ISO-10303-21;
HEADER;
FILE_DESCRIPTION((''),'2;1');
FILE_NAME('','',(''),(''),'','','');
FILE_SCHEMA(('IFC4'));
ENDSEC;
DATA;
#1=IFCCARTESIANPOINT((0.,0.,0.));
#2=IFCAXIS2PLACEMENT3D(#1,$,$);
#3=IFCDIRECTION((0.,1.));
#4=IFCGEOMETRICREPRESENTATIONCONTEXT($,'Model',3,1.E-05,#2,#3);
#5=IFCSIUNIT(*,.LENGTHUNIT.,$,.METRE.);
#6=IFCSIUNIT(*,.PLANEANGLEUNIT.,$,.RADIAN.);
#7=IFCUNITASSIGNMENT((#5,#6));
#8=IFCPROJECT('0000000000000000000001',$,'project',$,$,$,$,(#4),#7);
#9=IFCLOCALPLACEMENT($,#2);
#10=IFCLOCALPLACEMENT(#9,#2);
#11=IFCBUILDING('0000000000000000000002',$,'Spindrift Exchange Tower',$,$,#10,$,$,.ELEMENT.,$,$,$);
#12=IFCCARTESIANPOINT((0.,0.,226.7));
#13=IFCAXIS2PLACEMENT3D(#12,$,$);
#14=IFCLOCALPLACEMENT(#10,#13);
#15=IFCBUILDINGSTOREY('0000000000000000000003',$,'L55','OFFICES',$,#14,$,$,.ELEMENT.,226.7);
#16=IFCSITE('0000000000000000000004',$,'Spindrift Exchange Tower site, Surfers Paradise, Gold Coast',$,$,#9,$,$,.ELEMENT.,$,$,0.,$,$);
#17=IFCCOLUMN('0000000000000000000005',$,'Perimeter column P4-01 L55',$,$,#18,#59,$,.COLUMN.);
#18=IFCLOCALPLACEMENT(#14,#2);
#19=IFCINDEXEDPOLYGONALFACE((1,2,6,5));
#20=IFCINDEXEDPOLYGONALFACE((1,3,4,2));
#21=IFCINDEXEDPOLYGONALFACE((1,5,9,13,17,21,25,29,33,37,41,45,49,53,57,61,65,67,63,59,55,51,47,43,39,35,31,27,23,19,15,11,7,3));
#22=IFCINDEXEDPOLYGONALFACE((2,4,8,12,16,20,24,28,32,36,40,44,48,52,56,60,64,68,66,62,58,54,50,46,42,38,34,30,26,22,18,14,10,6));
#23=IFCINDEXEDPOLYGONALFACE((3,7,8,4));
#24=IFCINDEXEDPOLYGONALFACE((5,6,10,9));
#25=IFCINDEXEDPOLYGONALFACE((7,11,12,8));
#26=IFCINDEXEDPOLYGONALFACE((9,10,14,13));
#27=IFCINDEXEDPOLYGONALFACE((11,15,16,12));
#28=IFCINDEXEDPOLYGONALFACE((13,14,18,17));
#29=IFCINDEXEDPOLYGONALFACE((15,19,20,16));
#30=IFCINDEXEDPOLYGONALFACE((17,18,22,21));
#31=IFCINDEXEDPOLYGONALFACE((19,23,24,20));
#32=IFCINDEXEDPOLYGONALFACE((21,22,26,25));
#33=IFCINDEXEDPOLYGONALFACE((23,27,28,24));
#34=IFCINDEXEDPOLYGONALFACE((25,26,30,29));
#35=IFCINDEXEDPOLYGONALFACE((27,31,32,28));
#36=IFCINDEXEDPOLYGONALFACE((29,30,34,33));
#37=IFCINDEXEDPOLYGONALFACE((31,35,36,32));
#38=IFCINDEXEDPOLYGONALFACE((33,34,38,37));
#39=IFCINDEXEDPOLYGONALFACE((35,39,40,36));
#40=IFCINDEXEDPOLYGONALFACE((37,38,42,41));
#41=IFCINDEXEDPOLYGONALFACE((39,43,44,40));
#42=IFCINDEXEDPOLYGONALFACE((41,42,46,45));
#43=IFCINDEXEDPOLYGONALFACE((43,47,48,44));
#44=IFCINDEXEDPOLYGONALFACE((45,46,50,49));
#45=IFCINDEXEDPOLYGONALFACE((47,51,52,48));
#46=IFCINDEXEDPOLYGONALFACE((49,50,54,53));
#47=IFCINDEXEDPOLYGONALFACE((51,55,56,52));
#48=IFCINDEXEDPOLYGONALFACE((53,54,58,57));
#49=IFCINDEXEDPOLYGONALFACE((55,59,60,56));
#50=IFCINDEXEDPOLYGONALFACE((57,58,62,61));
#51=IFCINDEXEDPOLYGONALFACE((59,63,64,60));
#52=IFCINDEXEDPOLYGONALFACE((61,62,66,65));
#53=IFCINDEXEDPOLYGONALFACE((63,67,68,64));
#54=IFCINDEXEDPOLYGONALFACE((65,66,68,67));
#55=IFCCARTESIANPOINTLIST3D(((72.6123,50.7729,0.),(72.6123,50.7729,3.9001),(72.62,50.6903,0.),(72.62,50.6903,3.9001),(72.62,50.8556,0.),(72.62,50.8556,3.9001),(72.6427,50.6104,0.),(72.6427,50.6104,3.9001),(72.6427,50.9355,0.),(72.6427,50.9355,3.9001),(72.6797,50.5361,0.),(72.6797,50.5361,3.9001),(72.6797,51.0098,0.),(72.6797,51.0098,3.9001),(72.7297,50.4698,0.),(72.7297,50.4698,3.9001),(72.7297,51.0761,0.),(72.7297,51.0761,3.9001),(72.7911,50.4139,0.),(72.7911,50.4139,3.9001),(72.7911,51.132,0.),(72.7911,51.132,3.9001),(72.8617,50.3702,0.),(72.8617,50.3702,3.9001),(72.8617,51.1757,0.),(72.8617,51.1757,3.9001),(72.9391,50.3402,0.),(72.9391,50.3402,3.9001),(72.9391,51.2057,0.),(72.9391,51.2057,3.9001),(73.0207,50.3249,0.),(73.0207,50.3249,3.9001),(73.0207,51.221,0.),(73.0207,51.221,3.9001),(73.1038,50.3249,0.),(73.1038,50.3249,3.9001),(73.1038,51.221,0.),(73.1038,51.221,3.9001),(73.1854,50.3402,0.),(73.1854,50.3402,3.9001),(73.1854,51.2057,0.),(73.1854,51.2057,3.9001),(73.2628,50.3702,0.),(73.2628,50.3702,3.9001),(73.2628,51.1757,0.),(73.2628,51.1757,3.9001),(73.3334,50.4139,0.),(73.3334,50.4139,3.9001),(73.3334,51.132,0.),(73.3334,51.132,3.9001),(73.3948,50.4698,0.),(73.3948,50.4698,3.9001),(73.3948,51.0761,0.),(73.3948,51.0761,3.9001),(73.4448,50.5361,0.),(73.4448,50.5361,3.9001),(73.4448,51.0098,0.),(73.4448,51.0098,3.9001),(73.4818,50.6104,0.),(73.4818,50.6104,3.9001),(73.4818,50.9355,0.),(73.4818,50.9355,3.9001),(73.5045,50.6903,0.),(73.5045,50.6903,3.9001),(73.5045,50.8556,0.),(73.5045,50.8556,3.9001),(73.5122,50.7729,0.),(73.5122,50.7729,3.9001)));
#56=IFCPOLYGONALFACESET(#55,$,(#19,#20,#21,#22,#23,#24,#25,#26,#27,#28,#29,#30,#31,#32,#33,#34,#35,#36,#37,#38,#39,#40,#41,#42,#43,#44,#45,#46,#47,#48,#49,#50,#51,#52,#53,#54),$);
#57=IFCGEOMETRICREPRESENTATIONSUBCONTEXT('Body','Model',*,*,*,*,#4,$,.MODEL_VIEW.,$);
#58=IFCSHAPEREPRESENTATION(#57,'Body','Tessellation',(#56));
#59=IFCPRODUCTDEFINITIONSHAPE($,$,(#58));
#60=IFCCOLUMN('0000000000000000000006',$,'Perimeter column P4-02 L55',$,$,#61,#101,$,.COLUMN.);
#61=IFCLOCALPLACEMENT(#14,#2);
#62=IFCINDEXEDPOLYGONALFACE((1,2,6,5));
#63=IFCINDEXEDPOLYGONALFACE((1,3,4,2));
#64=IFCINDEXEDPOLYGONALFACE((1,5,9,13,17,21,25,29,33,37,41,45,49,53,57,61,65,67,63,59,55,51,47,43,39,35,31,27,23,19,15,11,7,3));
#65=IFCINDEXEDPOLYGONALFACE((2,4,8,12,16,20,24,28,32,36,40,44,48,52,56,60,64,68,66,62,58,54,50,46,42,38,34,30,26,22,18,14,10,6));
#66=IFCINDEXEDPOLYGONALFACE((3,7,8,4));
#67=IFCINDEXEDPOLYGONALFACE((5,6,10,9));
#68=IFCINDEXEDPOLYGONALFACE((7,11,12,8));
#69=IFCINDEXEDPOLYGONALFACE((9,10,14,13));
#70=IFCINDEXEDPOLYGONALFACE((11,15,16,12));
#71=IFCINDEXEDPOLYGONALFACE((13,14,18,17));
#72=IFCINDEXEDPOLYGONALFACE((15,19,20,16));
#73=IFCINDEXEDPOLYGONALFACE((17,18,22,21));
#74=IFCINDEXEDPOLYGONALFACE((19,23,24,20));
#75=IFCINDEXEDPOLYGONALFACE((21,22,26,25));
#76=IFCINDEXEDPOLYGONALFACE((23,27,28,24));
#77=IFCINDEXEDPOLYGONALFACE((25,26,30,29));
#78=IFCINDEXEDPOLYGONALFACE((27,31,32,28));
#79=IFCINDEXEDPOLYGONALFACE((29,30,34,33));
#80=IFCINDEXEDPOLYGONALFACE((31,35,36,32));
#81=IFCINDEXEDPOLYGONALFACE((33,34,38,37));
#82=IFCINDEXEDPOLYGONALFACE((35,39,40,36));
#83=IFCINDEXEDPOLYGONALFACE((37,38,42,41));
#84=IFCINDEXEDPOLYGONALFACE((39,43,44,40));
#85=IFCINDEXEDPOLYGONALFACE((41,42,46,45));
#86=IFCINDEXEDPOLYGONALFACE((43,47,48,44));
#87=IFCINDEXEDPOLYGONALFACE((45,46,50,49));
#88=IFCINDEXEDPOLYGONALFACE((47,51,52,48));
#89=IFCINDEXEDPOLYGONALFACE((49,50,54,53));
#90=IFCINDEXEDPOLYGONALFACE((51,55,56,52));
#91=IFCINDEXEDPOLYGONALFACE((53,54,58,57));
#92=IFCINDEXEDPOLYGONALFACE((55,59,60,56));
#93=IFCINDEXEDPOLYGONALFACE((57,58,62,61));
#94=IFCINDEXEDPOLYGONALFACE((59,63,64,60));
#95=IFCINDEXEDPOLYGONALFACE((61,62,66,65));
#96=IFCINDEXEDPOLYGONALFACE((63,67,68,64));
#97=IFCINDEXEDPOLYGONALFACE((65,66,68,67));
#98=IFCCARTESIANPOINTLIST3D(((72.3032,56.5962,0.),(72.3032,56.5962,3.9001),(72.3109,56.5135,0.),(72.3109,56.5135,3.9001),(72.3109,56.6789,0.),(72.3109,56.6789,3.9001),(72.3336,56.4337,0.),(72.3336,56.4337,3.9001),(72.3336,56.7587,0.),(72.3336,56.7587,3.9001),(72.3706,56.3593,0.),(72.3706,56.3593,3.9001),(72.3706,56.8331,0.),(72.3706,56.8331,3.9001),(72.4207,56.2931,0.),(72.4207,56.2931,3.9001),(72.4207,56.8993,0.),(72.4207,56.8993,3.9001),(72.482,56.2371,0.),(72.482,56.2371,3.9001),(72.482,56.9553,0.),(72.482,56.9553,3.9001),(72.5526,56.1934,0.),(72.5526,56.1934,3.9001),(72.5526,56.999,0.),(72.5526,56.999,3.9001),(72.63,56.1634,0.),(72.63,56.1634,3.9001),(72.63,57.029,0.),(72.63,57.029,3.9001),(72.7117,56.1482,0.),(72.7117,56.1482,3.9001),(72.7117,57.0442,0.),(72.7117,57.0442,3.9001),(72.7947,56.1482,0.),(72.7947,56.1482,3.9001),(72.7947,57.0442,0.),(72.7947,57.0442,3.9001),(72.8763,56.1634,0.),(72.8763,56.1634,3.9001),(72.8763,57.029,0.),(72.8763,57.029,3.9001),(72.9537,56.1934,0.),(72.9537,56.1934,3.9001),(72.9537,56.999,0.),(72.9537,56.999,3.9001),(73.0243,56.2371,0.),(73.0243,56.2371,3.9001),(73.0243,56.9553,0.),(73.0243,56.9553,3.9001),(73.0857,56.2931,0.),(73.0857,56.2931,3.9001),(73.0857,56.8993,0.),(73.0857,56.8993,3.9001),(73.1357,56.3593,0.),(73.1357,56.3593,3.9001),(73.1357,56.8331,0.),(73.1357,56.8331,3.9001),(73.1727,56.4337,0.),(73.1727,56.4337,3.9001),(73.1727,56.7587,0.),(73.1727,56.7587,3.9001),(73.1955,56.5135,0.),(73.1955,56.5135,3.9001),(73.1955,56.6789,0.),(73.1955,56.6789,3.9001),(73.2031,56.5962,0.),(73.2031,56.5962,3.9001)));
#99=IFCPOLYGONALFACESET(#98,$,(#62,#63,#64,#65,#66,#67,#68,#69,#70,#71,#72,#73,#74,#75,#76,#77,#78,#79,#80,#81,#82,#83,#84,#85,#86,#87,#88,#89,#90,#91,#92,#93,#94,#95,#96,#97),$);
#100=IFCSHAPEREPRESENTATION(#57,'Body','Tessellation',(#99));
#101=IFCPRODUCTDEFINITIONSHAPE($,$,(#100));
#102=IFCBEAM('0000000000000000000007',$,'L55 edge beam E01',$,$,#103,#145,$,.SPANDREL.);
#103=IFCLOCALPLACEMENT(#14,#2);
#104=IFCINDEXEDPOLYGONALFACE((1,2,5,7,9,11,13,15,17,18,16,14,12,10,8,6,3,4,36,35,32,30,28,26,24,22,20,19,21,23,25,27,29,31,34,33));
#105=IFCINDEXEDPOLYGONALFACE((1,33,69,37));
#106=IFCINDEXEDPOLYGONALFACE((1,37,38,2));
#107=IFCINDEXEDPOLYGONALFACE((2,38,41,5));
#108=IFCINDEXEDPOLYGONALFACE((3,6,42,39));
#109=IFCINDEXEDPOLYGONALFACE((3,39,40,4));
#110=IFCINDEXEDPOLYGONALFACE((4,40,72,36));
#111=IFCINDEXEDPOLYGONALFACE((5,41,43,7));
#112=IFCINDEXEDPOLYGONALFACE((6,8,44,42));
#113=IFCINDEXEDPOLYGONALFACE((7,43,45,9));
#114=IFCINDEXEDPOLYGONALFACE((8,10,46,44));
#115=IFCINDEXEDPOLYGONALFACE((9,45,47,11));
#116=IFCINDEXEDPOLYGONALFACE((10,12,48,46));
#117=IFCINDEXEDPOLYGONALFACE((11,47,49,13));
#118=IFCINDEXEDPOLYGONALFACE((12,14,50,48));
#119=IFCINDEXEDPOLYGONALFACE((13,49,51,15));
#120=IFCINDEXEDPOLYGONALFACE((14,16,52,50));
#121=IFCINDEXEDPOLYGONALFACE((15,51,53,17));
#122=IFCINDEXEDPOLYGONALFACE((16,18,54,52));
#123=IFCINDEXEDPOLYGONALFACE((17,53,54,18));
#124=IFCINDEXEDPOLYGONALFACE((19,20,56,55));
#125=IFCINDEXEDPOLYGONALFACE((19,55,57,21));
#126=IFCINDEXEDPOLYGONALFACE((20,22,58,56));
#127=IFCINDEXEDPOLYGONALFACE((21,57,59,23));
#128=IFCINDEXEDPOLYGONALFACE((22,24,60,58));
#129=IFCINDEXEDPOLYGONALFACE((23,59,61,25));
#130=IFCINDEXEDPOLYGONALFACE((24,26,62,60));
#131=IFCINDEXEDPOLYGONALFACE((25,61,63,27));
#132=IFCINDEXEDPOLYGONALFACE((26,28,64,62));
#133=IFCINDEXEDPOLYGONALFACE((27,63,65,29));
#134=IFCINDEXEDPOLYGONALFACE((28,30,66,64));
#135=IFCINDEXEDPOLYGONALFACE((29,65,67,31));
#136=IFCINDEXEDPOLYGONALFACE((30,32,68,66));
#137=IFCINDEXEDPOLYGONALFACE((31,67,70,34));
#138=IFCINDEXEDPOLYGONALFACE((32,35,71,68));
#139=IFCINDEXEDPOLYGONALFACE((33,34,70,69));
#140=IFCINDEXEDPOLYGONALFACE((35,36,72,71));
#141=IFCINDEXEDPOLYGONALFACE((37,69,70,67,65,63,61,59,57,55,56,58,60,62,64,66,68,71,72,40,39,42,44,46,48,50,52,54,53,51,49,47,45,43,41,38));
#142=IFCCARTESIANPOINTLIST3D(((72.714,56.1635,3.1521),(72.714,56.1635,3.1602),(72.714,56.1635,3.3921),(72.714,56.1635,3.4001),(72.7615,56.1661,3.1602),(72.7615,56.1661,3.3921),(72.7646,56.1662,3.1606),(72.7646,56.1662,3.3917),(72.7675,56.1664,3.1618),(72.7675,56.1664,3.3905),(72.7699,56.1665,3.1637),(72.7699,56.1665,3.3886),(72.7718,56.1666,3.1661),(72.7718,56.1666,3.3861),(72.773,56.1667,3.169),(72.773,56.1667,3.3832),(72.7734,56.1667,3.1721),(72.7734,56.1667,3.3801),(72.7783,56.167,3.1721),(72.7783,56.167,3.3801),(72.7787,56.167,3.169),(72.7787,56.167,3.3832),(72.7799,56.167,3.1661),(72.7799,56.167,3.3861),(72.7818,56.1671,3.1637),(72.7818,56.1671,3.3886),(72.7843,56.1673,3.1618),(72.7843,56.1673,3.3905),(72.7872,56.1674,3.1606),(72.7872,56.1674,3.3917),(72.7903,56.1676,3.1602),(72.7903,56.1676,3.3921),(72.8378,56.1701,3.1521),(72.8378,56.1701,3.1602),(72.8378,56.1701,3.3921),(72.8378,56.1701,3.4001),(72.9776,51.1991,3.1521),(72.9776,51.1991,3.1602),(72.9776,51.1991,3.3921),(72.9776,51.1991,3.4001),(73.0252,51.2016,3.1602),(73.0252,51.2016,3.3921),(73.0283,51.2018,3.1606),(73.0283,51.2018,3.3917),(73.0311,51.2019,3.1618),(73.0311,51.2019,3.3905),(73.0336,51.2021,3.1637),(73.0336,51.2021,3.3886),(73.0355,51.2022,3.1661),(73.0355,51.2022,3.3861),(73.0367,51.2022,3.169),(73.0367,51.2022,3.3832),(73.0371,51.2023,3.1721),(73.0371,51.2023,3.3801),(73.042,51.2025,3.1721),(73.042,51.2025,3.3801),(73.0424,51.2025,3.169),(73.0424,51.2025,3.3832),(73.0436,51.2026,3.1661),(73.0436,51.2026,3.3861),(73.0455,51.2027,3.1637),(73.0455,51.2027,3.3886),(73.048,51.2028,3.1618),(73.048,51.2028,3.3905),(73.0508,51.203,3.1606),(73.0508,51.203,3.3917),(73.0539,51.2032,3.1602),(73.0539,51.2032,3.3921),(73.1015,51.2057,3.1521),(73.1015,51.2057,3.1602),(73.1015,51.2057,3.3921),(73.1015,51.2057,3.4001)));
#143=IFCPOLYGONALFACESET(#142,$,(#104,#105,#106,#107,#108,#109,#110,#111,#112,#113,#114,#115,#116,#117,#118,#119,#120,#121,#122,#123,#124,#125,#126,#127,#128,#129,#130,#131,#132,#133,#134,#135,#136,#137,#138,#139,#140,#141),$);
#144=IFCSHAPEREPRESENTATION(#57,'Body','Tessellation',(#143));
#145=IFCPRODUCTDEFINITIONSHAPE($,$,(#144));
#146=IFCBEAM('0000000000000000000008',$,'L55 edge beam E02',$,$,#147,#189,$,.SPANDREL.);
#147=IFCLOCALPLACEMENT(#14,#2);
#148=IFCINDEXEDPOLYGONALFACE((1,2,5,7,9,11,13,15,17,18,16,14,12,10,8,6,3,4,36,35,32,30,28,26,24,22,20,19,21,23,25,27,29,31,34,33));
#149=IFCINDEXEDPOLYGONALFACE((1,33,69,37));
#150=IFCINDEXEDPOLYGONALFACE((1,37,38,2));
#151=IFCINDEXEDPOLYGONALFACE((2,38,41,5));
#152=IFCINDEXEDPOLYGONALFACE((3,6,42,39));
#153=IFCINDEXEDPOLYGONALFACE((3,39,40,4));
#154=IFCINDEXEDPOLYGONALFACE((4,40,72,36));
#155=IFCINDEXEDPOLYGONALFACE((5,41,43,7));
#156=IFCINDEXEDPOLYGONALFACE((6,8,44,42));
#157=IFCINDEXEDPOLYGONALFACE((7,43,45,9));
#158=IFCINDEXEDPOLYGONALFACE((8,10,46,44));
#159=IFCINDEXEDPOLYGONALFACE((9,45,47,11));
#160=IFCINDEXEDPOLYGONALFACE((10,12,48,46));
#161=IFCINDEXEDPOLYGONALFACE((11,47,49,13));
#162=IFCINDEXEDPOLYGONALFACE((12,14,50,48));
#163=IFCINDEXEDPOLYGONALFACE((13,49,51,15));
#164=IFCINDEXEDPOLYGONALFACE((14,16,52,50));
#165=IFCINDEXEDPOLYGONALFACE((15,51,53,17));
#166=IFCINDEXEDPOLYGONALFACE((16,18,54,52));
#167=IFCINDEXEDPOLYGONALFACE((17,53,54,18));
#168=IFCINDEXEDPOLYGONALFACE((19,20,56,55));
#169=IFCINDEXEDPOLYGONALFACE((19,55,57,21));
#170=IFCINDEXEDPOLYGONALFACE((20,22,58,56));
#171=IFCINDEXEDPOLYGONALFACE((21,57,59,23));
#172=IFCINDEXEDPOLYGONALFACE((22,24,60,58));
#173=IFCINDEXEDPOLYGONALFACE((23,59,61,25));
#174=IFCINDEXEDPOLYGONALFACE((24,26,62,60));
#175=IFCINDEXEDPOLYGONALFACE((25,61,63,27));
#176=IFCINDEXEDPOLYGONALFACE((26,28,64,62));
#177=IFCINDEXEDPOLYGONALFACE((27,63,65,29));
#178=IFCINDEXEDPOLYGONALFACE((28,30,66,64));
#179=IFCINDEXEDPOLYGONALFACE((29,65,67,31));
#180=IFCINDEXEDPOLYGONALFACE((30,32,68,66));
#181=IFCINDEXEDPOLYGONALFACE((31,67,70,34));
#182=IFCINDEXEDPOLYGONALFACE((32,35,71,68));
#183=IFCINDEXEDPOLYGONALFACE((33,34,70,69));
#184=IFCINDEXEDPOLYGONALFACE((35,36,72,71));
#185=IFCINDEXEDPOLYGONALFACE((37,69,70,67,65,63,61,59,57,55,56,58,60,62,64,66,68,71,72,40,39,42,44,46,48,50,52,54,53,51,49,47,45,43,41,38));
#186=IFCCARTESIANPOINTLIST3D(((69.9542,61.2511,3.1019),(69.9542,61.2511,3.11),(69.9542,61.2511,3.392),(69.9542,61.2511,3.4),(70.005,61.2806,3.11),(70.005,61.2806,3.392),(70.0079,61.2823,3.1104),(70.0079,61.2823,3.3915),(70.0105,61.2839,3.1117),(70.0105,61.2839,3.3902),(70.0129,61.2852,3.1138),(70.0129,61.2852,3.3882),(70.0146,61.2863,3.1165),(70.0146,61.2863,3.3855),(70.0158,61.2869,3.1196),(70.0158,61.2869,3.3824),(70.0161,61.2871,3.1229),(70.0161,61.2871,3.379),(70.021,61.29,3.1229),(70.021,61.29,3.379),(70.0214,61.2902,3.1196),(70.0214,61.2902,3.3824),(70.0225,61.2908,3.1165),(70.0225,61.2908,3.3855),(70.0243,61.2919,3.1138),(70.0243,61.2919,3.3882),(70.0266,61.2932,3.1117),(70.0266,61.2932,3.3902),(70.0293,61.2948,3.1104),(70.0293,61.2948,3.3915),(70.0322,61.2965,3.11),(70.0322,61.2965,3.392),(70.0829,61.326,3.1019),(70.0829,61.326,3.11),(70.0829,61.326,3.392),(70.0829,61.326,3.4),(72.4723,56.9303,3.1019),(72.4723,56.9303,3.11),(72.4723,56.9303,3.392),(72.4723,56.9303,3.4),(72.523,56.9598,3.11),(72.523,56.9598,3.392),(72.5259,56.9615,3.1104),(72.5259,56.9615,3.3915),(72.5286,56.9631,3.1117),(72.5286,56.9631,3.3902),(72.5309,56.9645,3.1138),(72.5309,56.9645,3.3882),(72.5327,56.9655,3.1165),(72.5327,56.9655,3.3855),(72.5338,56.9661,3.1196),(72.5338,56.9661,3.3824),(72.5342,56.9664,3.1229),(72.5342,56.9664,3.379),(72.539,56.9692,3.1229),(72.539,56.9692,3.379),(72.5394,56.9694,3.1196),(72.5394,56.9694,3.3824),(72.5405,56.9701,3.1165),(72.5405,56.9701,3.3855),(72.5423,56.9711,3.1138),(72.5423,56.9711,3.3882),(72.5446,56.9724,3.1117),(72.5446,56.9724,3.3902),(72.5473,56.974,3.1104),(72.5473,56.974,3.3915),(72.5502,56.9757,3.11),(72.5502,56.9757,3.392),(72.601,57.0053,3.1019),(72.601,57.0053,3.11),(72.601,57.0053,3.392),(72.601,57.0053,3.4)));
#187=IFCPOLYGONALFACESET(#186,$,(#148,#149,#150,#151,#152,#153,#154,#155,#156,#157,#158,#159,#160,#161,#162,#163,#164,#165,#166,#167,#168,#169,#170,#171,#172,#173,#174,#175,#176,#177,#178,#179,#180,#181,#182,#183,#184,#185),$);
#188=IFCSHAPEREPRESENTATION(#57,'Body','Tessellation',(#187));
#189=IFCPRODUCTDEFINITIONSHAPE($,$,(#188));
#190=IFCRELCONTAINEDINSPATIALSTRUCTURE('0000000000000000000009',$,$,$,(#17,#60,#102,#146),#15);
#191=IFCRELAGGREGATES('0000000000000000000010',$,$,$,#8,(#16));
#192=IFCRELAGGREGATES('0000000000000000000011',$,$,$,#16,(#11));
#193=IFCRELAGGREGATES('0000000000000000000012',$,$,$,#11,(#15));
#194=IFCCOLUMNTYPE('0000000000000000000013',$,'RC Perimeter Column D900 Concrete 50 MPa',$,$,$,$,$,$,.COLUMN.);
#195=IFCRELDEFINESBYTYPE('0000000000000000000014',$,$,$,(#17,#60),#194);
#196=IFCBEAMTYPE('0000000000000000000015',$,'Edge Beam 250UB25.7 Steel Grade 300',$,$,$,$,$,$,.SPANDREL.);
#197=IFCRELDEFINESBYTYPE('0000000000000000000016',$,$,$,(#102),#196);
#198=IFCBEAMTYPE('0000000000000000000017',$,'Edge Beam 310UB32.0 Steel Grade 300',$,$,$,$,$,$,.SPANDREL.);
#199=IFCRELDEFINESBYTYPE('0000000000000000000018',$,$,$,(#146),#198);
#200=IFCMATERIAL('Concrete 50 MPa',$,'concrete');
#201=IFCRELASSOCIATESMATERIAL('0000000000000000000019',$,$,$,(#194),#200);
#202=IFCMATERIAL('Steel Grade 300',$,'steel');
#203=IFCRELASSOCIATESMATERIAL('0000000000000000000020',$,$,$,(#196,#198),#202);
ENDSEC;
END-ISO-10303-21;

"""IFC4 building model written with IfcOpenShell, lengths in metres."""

from ifc_helpers import new_model, si_unit, direction, frame, origin, origin_2d, place, context, subcontext, project, spatial, circle, i_section, extrude, source, transform, mapped, material, material_profile, profile_set, type_object, element, save


model = new_model("IFC4")

# Units and contexts
model_context = context("Model", 3, precision=1e-05, world=origin(), true_north=direction((0.0, 1.0)))
body_context = subcontext(model_context, "Body", "Model", "MODEL_VIEW")
ifc_project = project(units=[si_unit("LENGTHUNIT", "METRE"), si_unit("PLANEANGLEUNIT", "RADIAN")], contexts=[model_context])

# Site, building, storey
site_placement = place(None, origin())
site = spatial("IfcSite", under=ifc_project, at=site_placement, Name="Spindrift Exchange Tower site, Surfers Paradise, Gold Coast", CompositionType="ELEMENT", RefElevation=0.0)
building_placement = place(site_placement, origin())
building = spatial("IfcBuilding", under=site, at=building_placement, Name="Spindrift Exchange Tower", CompositionType="ELEMENT")
storey_placement = place(building_placement, frame((0.0, 0.0, 226.7)))
storey = spatial("IfcBuildingStorey", under=building, at=storey_placement, Name="L55", Description="OFFICES", CompositionType="ELEMENT", Elevation=226.7)

# Columns
ifc_material_1 = material(Name="Concrete 50 MPa", Category="concrete")
ifc_material_profile_1 = material_profile(ifc_material_1, circle(Radius=0.45, at=origin_2d()), Name="RC D900")
ifc_profile_set_1 = profile_set([ifc_material_profile_1], Name="Concrete 50 MPa")
column_type = type_object("IfcColumnType", Name="RC Perimeter Column D900 Concrete 50 MPa", PredefinedType="COLUMN", material=ifc_profile_set_1)
shared_shape_1 = source(origin(), body_context, "Body", "SweptSolid", [
    extrude(circle(Radius=0.45, at=origin_2d()), origin(), (0.0, 0.0, 1.0), 3.9001),
])
for number, where, z_axis, x_axis, name in (
    (1, (73.0623, 50.7729, 0.0), (0.0, 0.0, 1.0), (1.0, 0.0, 0.0), "Perimeter column P4-01 L55"),
    (2, (72.7532, 56.5962, 0.0), (0.0, 0.0, 1.0), (1.0, 0.0, 0.0), "Perimeter column P4-02 L55"),
):
    element("IfcColumn", number, at=place(storey_placement, frame(where, z_axis=z_axis, x_axis=x_axis)), inside=storey, type_object=column_type, Name=name, PredefinedType="COLUMN", context=body_context, shape_type="MappedRepresentation", body=[
        mapped(shared_shape_1, transform((0.0, 0.0, 0.0), scale=1.0)),
    ])

# Beams
ifc_material_2 = material(Name="Steel Grade 300", Category="steel")
ifc_material_profile_2 = material_profile(ifc_material_2, i_section(OverallWidth=0.124, OverallDepth=0.248, WebThickness=0.0049, FlangeThickness=0.0081, FilletRadius=0.012, at=origin_2d()), Name="250UB25.7")
ifc_profile_set_2 = profile_set([ifc_material_profile_2], Name="Steel Grade 300")
beam_type_1 = type_object("IfcBeamType", Name="Edge Beam 250UB25.7 Steel Grade 300", PredefinedType="SPANDREL", material=ifc_profile_set_2)
shared_shape_2 = source(origin(), body_context, "Body", "SweptSolid", [
    extrude(i_section(OverallWidth=0.124, OverallDepth=0.248, WebThickness=0.0049, FlangeThickness=0.0081, FilletRadius=0.012, at=origin_2d()), origin(), (0.0, 0.0, 1.0), 4.9714),
])
beam_1_placement = place(storey_placement, frame((73.0396, 51.2024, 3.2761), z_axis=(-0.053038, 0.998592, 0.0), x_axis=(-0.998592, -0.053038, 0.0)))
element("IfcBeam", 3, at=beam_1_placement, inside=storey, type_object=beam_type_1, Name="L55 edge beam E01", PredefinedType="SPANDREL", context=body_context, shape_type="MappedRepresentation", body=[
    mapped(shared_shape_2, transform((0.0, 0.0, 0.0), scale=1.0)),
])
ifc_material_profile_3 = material_profile(ifc_material_2, i_section(OverallWidth=0.1489, OverallDepth=0.2981, WebThickness=0.0056, FlangeThickness=0.0081, FilletRadius=0.0129, at=origin_2d()), Name="310UB32.0")
ifc_profile_set_3 = profile_set([ifc_material_profile_3], Name="Steel Grade 300")
beam_type_2 = type_object("IfcBeamType", Name="Edge Beam 310UB32.0 Steel Grade 300", PredefinedType="SPANDREL", material=ifc_profile_set_3)
shared_shape_3 = source(origin(), body_context, "Body", "SweptSolid", [
    extrude(i_section(OverallWidth=0.1489, OverallDepth=0.2981, WebThickness=0.0056, FlangeThickness=0.0081, FilletRadius=0.0129, at=origin_2d()), origin(), (0.0, 0.0, 1.0), 5.001),
])
beam_2_placement = place(storey_placement, frame((72.5366, 56.9678, 3.251), z_axis=(-0.503513, 0.863988, 0.0), x_axis=(-0.863988, -0.503513, 0.0)))
element("IfcBeam", 4, at=beam_2_placement, inside=storey, type_object=beam_type_2, Name="L55 edge beam E02", PredefinedType="SPANDREL", context=body_context, shape_type="MappedRepresentation", body=[
    mapped(shared_shape_3, transform((0.0, 0.0, 0.0), scale=1.0)),
])

save(model, "model.ifc")
